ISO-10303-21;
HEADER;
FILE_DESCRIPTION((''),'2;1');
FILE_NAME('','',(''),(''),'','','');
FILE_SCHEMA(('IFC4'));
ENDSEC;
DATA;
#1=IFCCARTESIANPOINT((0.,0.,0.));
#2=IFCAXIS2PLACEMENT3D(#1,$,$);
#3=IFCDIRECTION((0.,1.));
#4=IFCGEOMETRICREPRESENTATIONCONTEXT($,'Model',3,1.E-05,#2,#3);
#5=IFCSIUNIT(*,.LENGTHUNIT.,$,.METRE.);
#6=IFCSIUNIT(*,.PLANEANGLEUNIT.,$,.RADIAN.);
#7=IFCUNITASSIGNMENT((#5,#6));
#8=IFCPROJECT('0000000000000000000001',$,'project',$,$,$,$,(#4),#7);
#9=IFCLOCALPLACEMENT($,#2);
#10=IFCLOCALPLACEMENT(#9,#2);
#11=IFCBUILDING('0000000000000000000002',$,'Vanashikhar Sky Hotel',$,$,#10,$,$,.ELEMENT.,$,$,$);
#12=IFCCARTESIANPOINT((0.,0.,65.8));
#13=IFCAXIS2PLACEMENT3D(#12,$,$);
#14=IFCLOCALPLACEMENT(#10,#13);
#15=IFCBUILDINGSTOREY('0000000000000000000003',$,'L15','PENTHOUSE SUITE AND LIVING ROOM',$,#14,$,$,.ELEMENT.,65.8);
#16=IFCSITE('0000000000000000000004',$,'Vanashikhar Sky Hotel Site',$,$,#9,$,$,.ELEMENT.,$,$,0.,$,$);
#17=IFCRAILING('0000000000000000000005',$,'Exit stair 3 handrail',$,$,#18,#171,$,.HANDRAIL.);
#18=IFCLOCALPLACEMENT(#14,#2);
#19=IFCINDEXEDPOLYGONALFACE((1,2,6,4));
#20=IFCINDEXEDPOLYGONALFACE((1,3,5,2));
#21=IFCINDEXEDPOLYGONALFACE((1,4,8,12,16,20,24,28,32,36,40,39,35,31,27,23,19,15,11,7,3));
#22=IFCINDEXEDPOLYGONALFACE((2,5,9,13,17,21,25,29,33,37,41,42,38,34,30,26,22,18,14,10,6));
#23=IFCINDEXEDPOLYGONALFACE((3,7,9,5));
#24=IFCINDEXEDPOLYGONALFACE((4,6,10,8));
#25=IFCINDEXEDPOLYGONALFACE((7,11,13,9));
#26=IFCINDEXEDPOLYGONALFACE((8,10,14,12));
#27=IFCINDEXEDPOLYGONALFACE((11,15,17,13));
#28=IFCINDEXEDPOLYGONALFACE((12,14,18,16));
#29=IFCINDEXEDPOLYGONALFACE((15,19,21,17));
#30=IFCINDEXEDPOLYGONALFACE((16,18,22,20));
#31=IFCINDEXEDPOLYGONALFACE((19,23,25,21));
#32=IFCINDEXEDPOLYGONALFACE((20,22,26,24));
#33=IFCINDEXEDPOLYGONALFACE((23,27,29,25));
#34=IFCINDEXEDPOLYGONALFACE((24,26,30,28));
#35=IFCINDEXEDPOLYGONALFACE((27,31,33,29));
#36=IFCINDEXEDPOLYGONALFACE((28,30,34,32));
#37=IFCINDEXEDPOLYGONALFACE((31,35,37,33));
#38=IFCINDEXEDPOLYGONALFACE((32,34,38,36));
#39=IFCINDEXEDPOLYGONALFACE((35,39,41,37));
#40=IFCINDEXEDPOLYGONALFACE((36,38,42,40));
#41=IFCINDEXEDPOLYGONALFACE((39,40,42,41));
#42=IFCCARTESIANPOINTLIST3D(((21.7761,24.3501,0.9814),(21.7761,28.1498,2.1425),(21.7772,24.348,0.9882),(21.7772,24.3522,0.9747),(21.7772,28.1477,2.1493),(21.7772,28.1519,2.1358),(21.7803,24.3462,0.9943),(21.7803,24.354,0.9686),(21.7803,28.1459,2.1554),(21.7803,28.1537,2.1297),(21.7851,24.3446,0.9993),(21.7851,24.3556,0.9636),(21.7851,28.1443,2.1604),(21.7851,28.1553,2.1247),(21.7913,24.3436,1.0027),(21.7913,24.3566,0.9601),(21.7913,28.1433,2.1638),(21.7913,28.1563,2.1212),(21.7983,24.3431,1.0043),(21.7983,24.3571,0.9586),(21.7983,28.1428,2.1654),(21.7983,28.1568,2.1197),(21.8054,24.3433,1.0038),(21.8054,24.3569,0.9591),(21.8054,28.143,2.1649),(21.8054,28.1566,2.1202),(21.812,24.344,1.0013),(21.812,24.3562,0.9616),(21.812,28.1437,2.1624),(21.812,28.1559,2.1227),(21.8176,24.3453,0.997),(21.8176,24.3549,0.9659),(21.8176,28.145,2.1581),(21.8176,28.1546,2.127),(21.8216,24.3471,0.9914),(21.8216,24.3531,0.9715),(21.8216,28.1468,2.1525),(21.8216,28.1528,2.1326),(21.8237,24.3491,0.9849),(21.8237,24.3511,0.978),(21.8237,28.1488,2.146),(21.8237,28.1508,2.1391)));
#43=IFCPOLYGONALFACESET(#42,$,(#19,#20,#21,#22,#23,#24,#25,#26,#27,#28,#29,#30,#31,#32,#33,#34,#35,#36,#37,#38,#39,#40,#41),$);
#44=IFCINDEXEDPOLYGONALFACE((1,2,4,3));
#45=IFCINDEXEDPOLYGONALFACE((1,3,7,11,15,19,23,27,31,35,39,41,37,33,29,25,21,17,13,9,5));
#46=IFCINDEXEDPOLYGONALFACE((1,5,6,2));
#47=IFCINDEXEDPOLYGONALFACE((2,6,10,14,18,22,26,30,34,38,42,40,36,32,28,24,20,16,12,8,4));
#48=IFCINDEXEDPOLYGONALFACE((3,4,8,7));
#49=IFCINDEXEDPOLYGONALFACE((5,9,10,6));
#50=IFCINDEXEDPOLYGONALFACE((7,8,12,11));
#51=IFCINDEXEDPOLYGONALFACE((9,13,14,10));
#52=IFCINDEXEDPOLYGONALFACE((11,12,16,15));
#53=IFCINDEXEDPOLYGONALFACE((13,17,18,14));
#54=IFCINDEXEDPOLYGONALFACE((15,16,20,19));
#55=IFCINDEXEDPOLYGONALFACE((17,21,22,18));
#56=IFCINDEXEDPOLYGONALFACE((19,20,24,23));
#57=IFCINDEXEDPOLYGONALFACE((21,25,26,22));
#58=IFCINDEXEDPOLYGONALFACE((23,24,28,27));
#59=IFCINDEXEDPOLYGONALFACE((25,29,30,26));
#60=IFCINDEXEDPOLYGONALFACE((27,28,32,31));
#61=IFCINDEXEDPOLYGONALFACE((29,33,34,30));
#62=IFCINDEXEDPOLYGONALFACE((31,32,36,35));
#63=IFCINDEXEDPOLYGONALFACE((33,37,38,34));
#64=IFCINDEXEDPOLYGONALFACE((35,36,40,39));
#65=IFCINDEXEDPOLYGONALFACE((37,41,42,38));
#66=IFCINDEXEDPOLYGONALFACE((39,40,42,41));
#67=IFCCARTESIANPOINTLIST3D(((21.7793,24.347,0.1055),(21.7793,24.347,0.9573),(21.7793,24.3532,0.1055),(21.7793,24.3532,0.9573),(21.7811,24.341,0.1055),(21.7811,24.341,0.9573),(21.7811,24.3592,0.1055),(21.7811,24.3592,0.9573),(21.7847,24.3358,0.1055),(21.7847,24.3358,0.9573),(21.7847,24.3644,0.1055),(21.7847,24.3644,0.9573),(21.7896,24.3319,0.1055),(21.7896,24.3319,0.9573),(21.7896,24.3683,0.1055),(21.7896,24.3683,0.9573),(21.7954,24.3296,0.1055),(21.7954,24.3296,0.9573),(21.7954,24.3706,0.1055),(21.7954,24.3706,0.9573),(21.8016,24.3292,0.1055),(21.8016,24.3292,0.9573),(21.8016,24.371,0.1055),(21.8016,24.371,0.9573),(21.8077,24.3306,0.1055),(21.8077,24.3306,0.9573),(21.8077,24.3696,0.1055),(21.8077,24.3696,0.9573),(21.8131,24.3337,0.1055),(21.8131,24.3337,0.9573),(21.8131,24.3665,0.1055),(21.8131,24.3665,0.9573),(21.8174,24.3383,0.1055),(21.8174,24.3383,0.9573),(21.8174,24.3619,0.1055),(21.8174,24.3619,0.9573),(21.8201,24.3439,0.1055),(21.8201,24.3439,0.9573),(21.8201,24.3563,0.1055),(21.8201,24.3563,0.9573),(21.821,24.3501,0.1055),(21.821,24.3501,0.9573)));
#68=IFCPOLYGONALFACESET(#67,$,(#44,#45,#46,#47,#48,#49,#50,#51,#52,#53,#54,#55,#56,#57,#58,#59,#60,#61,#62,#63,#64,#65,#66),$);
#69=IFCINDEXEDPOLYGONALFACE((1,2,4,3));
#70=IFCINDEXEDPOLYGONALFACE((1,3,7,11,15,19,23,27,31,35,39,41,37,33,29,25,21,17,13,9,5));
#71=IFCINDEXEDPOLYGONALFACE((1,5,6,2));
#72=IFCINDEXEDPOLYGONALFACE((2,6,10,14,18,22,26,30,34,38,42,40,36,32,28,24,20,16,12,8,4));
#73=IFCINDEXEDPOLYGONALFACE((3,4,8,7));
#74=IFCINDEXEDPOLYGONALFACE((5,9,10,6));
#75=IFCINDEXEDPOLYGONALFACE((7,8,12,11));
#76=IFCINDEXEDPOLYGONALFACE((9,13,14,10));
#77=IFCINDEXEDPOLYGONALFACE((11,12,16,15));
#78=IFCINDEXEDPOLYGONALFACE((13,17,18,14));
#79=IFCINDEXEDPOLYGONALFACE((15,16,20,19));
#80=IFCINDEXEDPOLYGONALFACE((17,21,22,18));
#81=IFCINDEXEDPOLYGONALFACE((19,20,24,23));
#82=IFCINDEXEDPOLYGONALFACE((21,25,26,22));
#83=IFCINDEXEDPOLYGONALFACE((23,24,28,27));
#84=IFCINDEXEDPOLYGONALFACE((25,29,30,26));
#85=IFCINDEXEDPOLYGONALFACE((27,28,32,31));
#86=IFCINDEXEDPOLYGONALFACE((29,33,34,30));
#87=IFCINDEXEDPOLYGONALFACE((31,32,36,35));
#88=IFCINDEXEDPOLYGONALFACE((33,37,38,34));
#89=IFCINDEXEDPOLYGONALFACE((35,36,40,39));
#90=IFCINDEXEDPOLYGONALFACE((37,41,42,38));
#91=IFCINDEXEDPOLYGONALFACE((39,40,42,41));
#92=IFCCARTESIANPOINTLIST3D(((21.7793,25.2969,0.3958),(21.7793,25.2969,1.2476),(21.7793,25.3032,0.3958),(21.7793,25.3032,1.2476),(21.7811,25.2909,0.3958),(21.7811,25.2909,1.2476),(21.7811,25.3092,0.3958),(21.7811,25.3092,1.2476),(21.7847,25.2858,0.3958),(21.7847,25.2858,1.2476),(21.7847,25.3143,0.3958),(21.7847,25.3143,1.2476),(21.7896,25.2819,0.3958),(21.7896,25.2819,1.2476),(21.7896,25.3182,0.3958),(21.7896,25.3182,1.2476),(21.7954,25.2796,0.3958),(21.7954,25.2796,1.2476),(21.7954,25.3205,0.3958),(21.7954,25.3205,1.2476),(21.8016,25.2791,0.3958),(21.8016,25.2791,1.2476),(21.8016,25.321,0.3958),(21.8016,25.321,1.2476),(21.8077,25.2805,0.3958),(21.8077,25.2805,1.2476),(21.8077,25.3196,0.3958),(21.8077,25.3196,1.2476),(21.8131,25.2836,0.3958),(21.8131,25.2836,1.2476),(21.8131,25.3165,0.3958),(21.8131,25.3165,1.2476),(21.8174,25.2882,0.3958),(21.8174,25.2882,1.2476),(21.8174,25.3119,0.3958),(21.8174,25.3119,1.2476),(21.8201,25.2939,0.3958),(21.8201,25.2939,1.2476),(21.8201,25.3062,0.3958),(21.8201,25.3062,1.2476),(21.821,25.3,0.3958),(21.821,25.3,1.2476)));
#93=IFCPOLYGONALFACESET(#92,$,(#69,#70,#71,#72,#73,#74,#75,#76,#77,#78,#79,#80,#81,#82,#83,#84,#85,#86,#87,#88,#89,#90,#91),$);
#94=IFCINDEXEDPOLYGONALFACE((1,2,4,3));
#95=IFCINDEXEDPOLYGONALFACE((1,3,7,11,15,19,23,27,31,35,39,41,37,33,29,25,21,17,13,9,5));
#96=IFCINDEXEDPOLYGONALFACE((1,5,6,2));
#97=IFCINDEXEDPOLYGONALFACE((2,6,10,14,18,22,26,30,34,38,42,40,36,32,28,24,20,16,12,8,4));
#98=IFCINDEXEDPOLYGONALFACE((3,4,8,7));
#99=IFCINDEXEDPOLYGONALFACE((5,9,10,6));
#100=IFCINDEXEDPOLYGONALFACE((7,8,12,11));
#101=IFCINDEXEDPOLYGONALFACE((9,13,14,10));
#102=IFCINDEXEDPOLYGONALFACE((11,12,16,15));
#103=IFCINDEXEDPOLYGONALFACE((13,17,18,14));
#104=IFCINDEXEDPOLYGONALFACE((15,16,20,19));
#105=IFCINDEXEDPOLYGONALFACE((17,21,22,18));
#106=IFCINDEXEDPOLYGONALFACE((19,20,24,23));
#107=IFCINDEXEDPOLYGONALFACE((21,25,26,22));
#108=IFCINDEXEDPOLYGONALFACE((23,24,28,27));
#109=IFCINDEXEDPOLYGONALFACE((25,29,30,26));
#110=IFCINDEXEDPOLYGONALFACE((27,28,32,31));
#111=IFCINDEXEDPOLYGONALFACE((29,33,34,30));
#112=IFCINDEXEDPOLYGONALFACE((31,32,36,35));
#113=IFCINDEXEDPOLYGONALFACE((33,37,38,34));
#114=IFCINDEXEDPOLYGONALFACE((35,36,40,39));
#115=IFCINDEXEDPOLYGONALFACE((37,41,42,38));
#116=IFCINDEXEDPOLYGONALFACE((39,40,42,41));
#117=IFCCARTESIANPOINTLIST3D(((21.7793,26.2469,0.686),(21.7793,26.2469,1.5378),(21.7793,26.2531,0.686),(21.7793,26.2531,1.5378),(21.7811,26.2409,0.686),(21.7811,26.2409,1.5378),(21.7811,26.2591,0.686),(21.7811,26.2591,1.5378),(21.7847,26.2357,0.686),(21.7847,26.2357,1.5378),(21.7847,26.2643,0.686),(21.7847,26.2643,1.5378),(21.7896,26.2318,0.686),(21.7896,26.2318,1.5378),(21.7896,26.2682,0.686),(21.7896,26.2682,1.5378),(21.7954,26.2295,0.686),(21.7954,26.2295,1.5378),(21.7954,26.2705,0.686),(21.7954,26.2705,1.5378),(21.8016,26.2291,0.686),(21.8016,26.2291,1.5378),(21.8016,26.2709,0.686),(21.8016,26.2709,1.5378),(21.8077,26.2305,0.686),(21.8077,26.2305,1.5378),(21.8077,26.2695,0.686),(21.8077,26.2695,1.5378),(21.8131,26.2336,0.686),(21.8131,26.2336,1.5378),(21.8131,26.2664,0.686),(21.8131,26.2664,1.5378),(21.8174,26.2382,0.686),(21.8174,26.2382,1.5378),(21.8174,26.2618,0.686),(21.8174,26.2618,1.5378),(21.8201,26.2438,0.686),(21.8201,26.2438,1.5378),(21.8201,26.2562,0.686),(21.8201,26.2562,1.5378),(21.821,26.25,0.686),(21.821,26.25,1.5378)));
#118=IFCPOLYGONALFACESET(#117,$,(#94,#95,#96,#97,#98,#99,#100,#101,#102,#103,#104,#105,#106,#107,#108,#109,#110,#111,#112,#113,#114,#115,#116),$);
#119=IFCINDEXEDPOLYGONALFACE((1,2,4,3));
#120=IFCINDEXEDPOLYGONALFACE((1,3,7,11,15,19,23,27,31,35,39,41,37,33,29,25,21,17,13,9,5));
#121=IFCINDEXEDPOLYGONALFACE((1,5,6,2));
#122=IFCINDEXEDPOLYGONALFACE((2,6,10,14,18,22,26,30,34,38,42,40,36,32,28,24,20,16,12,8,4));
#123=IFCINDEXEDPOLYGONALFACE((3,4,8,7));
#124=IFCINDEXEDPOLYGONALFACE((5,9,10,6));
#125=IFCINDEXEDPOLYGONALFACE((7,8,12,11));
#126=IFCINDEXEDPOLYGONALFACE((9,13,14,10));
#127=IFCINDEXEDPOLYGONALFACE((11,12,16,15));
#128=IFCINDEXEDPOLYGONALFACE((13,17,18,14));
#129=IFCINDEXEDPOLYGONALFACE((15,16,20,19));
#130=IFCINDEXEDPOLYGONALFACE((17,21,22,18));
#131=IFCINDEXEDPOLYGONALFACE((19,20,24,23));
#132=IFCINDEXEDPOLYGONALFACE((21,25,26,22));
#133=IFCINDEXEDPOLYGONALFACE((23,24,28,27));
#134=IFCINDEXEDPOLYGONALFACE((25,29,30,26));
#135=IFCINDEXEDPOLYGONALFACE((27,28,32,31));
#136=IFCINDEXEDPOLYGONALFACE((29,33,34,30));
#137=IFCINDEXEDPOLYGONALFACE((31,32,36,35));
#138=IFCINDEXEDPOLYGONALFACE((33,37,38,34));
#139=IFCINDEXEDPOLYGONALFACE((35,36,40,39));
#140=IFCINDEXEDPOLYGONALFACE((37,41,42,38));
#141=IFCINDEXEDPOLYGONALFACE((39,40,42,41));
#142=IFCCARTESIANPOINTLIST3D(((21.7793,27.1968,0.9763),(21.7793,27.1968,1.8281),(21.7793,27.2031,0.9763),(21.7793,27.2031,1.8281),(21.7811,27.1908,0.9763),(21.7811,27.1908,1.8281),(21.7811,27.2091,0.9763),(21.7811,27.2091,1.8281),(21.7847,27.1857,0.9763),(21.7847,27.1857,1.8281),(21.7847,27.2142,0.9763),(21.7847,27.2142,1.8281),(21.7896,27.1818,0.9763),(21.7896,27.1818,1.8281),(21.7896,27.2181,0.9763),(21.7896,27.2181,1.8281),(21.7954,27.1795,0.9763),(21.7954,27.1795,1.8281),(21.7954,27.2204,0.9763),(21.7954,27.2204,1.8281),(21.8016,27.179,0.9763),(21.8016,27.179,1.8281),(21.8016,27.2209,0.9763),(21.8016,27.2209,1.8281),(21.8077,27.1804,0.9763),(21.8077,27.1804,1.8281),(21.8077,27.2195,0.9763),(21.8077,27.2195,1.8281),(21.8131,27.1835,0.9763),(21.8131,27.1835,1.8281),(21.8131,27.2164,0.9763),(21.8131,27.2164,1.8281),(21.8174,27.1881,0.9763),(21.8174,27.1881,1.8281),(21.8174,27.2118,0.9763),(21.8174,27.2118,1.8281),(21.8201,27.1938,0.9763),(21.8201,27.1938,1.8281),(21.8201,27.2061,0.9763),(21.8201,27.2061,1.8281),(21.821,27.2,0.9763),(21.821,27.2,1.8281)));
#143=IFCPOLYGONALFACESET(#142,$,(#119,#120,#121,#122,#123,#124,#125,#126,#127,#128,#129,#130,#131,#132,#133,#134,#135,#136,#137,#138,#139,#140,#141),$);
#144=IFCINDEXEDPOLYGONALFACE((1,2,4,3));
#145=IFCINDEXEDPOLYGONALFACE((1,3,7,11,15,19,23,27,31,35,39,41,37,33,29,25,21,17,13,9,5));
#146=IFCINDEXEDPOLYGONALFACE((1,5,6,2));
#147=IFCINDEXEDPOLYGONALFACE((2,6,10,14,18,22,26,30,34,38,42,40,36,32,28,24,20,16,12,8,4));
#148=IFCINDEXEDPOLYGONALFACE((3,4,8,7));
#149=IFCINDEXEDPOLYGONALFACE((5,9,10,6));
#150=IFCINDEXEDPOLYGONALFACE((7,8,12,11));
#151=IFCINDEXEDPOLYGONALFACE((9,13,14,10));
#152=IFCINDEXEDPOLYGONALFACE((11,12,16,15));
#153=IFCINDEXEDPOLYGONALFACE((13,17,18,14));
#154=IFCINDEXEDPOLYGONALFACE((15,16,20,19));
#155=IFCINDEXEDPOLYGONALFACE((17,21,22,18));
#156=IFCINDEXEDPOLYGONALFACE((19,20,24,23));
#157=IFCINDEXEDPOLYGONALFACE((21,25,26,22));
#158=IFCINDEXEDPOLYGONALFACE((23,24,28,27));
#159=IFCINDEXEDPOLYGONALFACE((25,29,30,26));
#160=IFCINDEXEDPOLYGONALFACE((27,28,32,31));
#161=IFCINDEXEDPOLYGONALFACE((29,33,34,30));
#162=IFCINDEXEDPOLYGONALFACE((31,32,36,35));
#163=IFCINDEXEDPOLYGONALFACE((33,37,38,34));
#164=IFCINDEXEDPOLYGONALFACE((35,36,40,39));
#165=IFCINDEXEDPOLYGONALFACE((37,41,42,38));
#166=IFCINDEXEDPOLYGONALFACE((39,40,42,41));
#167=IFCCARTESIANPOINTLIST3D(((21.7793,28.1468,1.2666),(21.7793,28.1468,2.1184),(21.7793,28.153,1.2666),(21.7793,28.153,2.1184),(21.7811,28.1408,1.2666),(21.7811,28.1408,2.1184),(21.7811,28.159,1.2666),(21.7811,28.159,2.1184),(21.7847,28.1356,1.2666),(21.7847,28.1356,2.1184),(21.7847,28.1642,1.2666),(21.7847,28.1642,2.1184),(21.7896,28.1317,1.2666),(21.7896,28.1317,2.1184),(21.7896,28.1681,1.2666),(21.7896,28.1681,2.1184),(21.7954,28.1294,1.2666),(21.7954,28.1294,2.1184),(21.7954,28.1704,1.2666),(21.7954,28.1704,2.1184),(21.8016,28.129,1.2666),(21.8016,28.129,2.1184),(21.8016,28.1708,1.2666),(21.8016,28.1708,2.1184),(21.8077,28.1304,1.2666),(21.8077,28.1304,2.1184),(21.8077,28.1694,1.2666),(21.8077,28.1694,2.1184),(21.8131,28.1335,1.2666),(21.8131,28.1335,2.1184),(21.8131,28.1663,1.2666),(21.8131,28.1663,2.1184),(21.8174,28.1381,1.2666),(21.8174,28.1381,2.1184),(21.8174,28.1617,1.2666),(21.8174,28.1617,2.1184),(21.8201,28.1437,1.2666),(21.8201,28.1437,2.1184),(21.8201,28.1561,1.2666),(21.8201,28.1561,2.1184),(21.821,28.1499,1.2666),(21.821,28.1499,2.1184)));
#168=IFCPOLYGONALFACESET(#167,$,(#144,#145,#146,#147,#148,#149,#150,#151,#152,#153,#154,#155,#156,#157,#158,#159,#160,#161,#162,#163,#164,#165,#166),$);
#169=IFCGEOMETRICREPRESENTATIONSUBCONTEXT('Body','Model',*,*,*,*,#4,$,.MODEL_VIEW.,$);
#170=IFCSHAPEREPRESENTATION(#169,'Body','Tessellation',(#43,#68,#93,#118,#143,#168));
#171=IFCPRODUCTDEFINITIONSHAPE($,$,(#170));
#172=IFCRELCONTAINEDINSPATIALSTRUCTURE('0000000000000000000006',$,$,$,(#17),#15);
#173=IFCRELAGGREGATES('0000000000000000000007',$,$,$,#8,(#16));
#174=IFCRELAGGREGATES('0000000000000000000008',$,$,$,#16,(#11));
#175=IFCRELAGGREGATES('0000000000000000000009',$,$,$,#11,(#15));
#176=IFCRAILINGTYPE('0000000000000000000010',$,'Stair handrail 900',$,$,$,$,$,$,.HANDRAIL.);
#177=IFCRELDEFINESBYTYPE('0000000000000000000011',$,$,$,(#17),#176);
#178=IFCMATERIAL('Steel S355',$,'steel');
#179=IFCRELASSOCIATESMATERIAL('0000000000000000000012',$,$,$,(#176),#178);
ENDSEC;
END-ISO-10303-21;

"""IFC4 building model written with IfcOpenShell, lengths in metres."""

from ifc_helpers import new_model, si_unit, direction, frame, origin, origin_2d, place, context, subcontext, project, spatial, circle, extrude, source, transform, mapped, material, type_object, element, save


model = new_model("IFC4")

# Units and contexts
model_context = context("Model", 3, precision=1e-05, world=origin(), true_north=direction((0.0, 1.0)))
body_context = subcontext(model_context, "Body", "Model", "MODEL_VIEW")
ifc_project = project(units=[si_unit("LENGTHUNIT", "METRE"), si_unit("PLANEANGLEUNIT", "RADIAN")], contexts=[model_context])

# Site, building, storey
site_placement = place(None, origin())
site = spatial("IfcSite", under=ifc_project, at=site_placement, Name="Vanashikhar Sky Hotel Site", CompositionType="ELEMENT", RefElevation=0.0)
building_placement = place(site_placement, origin())
building = spatial("IfcBuilding", under=site, at=building_placement, Name="Vanashikhar Sky Hotel", CompositionType="ELEMENT")
storey_placement = place(building_placement, frame((0.0, 0.0, 65.8)))
storey = spatial("IfcBuildingStorey", under=building, at=storey_placement, Name="L15", Description="PENTHOUSE SUITE AND LIVING ROOM", CompositionType="ELEMENT", Elevation=65.8)

# Railing
ifc_material_1 = material(Name="Steel S355", Category="steel")
railing_type_1 = type_object("IfcRailingType", Name="Stair handrail 900", PredefinedType="HANDRAIL", material=ifc_material_1)
shared_shape_1 = source(origin(), body_context, "Body", "SweptSolid", [
    extrude(circle(Radius=0.0239, at=origin_2d()), frame((0.0, 0.0, 0.876), z_axis=(0.0, 0.956346, 0.292237), x_axis=(-1.0, 0.0, 0.0)), (0.0, 0.0, 1.0), 3.9731),
    extrude(circle(Radius=0.021, at=origin_2d()), origin(), (0.0, 0.0, 1.0), 0.8518),
    extrude(circle(Radius=0.021, at=origin_2d()), frame((0.0, 0.95, 0.2903)), (0.0, 0.0, 1.0), 0.8518),
    extrude(circle(Radius=0.021, at=origin_2d()), frame((0.0, 1.8999, 0.5806)), (0.0, 0.0, 1.0), 0.8518),
    extrude(circle(Radius=0.021, at=origin_2d()), frame((0.0, 2.8499, 0.8708)), (0.0, 0.0, 1.0), 0.8518),
    extrude(circle(Radius=0.021, at=origin_2d()), frame((0.0, 3.7998, 1.1611)), (0.0, 0.0, 1.0), 0.8518),
])
railing_1_placement = place(storey_placement, frame((21.8, 24.3501, 0.1055)))
element("IfcRailing", 1, at=railing_1_placement, inside=storey, type_object=railing_type_1, Name="Exit stair 3 handrail", PredefinedType="HANDRAIL", context=body_context, shape_type="MappedRepresentation", body=[
    mapped(shared_shape_1, transform((0.0, 0.0, 0.0), scale=1.0)),
])

save(model, "model.ifc")
